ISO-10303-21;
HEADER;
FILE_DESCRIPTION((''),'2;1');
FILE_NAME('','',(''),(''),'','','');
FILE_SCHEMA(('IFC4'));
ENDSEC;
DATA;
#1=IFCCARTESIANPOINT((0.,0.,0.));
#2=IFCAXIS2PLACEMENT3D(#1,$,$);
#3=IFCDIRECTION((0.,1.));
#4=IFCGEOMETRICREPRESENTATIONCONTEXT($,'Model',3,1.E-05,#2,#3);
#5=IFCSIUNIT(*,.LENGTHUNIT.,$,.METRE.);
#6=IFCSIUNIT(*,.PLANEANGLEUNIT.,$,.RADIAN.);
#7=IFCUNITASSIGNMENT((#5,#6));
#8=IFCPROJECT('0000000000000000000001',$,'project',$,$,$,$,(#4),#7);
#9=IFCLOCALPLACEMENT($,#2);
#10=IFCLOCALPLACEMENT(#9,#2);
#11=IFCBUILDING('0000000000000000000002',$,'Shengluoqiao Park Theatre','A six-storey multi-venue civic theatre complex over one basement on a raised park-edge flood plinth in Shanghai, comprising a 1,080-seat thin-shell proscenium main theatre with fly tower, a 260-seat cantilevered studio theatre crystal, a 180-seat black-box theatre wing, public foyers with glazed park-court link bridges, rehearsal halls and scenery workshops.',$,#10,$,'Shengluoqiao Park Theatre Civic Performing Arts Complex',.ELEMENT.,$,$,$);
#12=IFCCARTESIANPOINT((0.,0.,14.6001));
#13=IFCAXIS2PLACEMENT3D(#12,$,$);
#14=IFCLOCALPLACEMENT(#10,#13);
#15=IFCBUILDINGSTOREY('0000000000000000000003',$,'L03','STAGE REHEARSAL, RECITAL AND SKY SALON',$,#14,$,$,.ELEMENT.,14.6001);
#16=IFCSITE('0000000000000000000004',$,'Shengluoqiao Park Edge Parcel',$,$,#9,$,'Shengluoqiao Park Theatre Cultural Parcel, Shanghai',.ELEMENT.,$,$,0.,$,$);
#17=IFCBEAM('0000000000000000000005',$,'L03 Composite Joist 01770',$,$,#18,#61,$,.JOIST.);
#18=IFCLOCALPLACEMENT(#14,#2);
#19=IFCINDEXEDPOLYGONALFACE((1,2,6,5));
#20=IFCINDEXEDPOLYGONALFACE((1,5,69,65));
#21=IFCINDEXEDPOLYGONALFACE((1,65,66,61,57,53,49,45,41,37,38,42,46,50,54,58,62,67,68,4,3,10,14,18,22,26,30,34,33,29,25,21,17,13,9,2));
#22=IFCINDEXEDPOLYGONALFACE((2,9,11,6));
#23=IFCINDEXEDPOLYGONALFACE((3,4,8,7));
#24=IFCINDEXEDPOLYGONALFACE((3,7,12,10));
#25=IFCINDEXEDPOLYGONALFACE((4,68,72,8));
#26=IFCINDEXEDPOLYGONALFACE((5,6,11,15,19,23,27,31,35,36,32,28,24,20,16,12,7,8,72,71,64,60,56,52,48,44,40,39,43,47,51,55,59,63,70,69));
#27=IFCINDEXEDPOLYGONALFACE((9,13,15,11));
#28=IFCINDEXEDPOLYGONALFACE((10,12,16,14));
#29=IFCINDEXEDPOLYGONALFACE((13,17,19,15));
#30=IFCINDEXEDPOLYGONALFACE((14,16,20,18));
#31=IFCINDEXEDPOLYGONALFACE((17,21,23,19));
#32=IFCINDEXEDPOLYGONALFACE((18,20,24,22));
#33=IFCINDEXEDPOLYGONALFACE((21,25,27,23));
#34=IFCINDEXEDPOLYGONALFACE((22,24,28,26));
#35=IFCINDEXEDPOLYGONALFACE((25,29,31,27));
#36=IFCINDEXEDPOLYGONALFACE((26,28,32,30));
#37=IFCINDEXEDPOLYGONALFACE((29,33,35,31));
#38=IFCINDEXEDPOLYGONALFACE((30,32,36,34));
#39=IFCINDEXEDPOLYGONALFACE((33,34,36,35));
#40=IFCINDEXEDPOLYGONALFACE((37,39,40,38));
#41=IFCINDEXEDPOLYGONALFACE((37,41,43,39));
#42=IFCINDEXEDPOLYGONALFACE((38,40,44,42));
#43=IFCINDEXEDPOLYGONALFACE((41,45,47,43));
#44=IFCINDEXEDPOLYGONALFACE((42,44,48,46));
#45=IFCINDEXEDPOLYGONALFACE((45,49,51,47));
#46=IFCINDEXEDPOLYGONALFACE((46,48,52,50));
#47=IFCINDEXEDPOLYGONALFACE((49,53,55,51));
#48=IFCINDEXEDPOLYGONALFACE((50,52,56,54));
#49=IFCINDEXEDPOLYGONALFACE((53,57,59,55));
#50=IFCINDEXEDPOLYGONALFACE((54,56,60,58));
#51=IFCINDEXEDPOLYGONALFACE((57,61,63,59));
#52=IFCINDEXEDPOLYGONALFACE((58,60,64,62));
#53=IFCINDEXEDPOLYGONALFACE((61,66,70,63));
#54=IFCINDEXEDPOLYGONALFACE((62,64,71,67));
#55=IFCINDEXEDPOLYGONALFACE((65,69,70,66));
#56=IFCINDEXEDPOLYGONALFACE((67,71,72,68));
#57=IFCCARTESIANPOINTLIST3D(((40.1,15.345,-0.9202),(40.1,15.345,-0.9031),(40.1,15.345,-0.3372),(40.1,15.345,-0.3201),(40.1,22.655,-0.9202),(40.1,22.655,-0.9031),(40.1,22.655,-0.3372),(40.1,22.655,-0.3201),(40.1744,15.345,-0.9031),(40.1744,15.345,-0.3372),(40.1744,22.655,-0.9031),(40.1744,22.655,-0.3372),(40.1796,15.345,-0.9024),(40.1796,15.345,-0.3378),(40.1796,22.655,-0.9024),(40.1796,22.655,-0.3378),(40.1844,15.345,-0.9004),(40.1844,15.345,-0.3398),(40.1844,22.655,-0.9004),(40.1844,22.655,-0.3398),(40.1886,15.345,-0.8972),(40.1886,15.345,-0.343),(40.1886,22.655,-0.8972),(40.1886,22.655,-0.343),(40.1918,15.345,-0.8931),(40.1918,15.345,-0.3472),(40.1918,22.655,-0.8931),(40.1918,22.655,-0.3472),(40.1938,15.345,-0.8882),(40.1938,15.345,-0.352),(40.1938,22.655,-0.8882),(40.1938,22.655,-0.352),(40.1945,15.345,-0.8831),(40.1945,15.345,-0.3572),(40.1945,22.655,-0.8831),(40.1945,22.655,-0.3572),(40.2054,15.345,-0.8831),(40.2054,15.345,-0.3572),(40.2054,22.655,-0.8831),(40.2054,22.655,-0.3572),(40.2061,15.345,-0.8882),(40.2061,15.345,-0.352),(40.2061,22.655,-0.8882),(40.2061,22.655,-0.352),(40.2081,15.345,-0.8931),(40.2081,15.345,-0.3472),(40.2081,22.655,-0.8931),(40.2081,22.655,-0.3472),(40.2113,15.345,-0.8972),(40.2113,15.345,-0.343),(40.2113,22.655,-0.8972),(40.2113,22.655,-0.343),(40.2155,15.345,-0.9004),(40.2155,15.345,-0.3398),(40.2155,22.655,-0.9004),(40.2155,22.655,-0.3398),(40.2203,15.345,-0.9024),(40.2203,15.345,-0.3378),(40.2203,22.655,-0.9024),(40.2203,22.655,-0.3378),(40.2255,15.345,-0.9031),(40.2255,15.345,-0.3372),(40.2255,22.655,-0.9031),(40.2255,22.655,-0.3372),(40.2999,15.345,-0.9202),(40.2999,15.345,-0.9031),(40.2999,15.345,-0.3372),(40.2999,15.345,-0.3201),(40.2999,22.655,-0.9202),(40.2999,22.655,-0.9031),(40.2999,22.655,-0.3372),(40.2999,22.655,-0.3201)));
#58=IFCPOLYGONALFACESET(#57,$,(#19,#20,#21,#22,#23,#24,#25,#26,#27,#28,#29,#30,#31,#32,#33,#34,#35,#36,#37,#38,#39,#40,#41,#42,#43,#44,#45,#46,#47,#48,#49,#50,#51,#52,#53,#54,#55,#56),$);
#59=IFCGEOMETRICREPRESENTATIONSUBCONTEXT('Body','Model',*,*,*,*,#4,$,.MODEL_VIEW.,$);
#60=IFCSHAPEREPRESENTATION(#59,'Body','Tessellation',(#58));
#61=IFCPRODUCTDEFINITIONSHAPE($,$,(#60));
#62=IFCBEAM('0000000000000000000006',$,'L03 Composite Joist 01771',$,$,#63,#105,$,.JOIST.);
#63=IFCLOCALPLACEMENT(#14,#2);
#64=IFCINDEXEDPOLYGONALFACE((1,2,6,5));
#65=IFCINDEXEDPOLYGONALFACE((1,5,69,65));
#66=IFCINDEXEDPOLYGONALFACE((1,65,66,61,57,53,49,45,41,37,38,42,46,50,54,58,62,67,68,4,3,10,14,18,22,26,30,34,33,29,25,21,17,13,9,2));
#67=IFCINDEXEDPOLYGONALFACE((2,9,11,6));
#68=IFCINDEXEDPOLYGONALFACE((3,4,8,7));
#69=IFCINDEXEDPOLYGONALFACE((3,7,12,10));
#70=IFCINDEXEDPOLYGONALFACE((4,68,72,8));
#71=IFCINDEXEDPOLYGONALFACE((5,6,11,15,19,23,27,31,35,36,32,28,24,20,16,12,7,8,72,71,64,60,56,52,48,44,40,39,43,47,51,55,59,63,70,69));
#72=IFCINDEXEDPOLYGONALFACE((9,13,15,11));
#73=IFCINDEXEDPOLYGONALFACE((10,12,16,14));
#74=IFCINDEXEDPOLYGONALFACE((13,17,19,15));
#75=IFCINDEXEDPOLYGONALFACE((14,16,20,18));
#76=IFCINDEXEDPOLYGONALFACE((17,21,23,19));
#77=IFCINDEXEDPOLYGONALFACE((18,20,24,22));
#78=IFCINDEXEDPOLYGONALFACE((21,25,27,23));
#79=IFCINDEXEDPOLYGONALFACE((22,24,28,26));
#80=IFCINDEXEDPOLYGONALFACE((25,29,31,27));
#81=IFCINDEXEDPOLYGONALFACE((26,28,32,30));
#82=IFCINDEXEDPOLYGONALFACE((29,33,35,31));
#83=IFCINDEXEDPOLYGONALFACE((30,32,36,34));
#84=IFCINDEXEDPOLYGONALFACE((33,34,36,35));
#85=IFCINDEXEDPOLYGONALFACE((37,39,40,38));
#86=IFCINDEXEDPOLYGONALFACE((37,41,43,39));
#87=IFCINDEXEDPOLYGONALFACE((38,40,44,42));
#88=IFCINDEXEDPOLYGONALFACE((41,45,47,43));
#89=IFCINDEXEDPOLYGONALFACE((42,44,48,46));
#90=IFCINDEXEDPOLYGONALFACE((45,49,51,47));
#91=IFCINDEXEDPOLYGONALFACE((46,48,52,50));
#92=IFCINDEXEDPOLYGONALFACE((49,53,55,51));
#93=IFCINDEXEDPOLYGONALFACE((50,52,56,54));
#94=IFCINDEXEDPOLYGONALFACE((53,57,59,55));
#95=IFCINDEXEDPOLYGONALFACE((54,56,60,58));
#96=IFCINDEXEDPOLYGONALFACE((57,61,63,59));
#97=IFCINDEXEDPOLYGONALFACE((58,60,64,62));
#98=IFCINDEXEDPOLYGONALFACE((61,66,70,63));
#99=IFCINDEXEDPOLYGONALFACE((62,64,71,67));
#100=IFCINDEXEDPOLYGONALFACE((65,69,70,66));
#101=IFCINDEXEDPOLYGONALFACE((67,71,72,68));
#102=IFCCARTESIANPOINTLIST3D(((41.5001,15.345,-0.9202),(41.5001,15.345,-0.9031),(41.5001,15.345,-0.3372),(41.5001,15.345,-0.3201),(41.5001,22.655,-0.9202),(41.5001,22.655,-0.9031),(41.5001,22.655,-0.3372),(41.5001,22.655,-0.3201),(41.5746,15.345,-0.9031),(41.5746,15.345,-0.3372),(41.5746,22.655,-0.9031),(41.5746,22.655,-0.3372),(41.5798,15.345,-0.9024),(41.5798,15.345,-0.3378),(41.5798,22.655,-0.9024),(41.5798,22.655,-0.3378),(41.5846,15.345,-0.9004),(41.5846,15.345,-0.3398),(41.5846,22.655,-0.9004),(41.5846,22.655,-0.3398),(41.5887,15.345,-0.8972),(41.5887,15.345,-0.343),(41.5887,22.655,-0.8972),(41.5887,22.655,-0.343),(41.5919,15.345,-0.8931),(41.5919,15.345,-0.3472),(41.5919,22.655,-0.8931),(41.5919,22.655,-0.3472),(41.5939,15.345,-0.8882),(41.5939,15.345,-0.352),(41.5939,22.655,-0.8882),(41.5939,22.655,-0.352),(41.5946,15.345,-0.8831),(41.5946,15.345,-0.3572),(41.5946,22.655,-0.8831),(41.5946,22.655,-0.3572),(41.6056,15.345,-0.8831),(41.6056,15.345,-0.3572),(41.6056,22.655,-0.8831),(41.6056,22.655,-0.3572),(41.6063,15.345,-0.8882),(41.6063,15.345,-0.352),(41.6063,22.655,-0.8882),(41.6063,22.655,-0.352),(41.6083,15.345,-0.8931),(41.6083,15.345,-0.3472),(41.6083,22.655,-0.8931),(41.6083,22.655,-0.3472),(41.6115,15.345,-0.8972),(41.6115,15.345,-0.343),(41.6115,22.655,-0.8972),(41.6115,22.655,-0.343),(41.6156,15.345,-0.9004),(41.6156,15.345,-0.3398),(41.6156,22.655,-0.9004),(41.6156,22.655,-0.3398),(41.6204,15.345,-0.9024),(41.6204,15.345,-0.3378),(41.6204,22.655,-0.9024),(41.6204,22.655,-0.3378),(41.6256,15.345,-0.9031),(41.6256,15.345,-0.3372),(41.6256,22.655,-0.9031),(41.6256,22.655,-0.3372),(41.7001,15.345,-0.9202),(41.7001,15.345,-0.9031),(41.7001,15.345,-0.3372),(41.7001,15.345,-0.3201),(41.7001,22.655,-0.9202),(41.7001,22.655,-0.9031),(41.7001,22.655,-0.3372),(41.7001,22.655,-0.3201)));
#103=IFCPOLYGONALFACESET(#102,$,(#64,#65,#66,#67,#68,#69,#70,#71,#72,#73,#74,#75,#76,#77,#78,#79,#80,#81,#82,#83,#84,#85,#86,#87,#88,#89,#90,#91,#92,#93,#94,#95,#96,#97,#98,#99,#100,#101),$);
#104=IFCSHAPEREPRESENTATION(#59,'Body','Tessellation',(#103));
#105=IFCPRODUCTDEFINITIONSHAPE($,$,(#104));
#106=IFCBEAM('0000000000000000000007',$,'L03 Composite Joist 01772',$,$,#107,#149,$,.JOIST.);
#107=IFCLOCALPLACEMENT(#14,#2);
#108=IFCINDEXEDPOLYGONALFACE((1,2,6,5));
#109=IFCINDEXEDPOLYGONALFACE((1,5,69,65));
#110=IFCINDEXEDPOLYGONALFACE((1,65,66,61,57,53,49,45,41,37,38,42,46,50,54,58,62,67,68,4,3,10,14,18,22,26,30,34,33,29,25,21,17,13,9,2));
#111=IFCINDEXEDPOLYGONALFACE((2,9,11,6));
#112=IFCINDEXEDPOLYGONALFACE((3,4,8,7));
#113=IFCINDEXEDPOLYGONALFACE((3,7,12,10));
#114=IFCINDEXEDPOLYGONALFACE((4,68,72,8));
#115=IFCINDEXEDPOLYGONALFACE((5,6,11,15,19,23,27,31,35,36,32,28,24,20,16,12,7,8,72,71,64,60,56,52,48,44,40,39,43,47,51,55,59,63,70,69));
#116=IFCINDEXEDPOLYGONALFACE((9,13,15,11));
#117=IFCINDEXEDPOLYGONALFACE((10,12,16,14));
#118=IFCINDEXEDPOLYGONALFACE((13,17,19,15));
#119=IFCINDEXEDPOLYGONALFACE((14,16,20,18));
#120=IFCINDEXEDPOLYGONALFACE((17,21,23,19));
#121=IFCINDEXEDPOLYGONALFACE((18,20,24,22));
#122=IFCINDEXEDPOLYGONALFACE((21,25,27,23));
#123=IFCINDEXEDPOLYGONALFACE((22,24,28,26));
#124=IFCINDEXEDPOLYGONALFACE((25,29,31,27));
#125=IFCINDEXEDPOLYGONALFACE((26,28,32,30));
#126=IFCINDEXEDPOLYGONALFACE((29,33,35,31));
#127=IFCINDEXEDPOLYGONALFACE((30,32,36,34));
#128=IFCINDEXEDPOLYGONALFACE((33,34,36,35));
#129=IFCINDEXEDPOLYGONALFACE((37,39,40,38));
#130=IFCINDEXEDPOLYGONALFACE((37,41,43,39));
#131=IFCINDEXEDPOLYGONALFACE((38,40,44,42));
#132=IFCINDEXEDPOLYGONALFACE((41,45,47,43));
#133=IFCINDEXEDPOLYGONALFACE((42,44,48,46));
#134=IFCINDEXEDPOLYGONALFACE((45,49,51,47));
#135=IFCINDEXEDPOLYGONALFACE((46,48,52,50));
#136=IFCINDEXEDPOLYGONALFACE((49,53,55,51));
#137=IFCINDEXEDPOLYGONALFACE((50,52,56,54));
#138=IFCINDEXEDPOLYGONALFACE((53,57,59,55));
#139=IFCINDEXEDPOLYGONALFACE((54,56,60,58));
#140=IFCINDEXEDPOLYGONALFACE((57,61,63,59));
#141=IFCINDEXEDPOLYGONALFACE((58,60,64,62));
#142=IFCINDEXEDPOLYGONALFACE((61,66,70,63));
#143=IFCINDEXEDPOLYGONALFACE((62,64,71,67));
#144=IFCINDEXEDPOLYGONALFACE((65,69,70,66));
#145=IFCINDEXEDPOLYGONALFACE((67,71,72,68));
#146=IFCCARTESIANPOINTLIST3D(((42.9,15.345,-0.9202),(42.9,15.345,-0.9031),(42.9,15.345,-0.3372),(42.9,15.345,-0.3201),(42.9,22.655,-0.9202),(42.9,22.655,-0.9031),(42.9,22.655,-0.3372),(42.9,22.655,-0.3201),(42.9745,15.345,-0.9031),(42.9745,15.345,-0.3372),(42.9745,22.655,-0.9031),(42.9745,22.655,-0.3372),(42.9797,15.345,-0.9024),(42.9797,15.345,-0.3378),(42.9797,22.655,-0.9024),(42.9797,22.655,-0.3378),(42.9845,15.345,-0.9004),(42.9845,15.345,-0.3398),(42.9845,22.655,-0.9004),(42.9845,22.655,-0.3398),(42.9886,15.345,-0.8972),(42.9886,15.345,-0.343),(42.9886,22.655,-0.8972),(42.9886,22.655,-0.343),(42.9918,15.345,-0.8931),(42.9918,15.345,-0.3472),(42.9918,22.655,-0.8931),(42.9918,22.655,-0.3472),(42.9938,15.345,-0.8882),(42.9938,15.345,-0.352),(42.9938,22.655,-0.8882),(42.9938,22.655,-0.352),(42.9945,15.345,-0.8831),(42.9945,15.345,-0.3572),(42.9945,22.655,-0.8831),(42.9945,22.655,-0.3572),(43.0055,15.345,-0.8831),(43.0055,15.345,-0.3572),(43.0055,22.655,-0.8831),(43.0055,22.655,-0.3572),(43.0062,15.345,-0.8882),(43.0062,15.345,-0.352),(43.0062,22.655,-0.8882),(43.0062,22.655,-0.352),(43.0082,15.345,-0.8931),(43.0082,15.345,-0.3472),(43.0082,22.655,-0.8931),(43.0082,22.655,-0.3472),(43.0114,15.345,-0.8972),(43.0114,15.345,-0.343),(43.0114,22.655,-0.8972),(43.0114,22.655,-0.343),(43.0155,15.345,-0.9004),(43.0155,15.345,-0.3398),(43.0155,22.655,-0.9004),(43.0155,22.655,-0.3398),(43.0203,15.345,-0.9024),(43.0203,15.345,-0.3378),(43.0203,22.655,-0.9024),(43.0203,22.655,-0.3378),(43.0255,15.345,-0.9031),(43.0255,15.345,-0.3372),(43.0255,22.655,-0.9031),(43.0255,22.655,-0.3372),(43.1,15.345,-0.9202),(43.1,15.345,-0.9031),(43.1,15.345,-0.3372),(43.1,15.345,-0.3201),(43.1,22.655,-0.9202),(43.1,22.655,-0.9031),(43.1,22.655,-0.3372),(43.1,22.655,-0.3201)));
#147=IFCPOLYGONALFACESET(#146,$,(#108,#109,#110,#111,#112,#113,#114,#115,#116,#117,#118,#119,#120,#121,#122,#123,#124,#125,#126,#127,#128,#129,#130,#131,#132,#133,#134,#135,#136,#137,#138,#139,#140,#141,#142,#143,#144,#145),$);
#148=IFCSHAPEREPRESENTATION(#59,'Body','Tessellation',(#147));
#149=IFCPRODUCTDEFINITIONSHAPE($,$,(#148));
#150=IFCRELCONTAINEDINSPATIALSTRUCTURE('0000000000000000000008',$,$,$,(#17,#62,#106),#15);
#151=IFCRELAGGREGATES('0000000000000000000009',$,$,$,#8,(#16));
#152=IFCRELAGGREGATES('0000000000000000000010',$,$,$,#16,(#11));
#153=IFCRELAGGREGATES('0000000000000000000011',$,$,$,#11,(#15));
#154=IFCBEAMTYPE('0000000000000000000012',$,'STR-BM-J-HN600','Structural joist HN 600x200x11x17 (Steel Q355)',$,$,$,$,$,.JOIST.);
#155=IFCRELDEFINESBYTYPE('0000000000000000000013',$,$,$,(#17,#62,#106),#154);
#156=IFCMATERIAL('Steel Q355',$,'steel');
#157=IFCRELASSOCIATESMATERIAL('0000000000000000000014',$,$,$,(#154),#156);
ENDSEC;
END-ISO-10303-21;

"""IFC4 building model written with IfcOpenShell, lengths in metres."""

from ifc_helpers import new_model, si_unit, direction, frame, origin, origin_2d, place, context, subcontext, project, spatial, i_section, extrude, material, material_profile, profile_set, type_object, element, save


model = new_model("IFC4")

# Units and contexts
model_context = context("Model", 3, precision=1e-05, world=origin(), true_north=direction((0.0, 1.0)))
body_context = subcontext(model_context, "Body", "Model", "MODEL_VIEW")
ifc_project = project(units=[si_unit("LENGTHUNIT", "METRE"), si_unit("PLANEANGLEUNIT", "RADIAN")], contexts=[model_context])

# Site, building, storey
site_placement = place(None, origin())
site = spatial("IfcSite", under=ifc_project, at=site_placement, Name="Shengluoqiao Park Edge Parcel", LongName="Shengluoqiao Park Theatre Cultural Parcel, Shanghai", CompositionType="ELEMENT", RefElevation=0.0)
building_placement = place(site_placement, origin())
building = spatial("IfcBuilding", under=site, at=building_placement, Name="Shengluoqiao Park Theatre", Description="A six-storey multi-venue civic theatre complex over one basement on a raised park-edge flood plinth in Shanghai, comprising a 1,080-seat thin-shell proscenium main theatre with fly tower, a 260-seat cantilevered studio theatre crystal, a 180-seat black-box theatre wing, public foyers with glazed park-court link bridges, rehearsal halls and scenery workshops.", LongName="Shengluoqiao Park Theatre Civic Performing Arts Complex", CompositionType="ELEMENT")
storey_placement = place(building_placement, frame((0.0, 0.0, 14.6001)))
storey = spatial("IfcBuildingStorey", under=building, at=storey_placement, Name="L03", Description="STAGE REHEARSAL, RECITAL AND SKY SALON", CompositionType="ELEMENT", Elevation=14.6001)

# Beams
ifc_material_1 = material(Name="Steel Q355", Category="steel")
ifc_material_profile_1 = material_profile(ifc_material_1, i_section(OverallWidth=0.2, OverallDepth=0.6001, WebThickness=0.011, FlangeThickness=0.0171, FilletRadius=0.02, at=origin_2d()), Name="HN 600x200x11x17")
ifc_profile_set_1 = profile_set([ifc_material_profile_1], Name="Steel Q355")
beam_type_1 = type_object("IfcBeamType", Name="STR-BM-J-HN600", Description="Structural joist HN 600x200x11x17 (Steel Q355)", PredefinedType="JOIST", material=ifc_profile_set_1)
for number, where, z_axis, x_axis, name in (
    (1, (40.2, 15.345, -0.6201), (0.0, 1.0, 0.0), (-1.0, 0.0, 0.0), "L03 Composite Joist 01770"),
    (2, (41.6001, 15.345, -0.6201), (0.0, 1.0, 0.0), (-1.0, 0.0, 0.0), "L03 Composite Joist 01771"),
    (3, (43.0, 15.345, -0.6201), (0.0, 1.0, 0.0), (-1.0, 0.0, 0.0), "L03 Composite Joist 01772"),
):
    element("IfcBeam", number, at=place(storey_placement, frame(where, z_axis=z_axis, x_axis=x_axis)), inside=storey, type_object=beam_type_1, Name=name, PredefinedType="JOIST", context=body_context, shape_type="SweptSolid", body=[
        extrude(i_section(OverallWidth=0.2, OverallDepth=0.6001, WebThickness=0.011, FlangeThickness=0.0171, FilletRadius=0.02, at=origin_2d()), origin(), (0.0, 0.0, 1.0), 7.3101),
    ])

save(model, "model.ifc")
